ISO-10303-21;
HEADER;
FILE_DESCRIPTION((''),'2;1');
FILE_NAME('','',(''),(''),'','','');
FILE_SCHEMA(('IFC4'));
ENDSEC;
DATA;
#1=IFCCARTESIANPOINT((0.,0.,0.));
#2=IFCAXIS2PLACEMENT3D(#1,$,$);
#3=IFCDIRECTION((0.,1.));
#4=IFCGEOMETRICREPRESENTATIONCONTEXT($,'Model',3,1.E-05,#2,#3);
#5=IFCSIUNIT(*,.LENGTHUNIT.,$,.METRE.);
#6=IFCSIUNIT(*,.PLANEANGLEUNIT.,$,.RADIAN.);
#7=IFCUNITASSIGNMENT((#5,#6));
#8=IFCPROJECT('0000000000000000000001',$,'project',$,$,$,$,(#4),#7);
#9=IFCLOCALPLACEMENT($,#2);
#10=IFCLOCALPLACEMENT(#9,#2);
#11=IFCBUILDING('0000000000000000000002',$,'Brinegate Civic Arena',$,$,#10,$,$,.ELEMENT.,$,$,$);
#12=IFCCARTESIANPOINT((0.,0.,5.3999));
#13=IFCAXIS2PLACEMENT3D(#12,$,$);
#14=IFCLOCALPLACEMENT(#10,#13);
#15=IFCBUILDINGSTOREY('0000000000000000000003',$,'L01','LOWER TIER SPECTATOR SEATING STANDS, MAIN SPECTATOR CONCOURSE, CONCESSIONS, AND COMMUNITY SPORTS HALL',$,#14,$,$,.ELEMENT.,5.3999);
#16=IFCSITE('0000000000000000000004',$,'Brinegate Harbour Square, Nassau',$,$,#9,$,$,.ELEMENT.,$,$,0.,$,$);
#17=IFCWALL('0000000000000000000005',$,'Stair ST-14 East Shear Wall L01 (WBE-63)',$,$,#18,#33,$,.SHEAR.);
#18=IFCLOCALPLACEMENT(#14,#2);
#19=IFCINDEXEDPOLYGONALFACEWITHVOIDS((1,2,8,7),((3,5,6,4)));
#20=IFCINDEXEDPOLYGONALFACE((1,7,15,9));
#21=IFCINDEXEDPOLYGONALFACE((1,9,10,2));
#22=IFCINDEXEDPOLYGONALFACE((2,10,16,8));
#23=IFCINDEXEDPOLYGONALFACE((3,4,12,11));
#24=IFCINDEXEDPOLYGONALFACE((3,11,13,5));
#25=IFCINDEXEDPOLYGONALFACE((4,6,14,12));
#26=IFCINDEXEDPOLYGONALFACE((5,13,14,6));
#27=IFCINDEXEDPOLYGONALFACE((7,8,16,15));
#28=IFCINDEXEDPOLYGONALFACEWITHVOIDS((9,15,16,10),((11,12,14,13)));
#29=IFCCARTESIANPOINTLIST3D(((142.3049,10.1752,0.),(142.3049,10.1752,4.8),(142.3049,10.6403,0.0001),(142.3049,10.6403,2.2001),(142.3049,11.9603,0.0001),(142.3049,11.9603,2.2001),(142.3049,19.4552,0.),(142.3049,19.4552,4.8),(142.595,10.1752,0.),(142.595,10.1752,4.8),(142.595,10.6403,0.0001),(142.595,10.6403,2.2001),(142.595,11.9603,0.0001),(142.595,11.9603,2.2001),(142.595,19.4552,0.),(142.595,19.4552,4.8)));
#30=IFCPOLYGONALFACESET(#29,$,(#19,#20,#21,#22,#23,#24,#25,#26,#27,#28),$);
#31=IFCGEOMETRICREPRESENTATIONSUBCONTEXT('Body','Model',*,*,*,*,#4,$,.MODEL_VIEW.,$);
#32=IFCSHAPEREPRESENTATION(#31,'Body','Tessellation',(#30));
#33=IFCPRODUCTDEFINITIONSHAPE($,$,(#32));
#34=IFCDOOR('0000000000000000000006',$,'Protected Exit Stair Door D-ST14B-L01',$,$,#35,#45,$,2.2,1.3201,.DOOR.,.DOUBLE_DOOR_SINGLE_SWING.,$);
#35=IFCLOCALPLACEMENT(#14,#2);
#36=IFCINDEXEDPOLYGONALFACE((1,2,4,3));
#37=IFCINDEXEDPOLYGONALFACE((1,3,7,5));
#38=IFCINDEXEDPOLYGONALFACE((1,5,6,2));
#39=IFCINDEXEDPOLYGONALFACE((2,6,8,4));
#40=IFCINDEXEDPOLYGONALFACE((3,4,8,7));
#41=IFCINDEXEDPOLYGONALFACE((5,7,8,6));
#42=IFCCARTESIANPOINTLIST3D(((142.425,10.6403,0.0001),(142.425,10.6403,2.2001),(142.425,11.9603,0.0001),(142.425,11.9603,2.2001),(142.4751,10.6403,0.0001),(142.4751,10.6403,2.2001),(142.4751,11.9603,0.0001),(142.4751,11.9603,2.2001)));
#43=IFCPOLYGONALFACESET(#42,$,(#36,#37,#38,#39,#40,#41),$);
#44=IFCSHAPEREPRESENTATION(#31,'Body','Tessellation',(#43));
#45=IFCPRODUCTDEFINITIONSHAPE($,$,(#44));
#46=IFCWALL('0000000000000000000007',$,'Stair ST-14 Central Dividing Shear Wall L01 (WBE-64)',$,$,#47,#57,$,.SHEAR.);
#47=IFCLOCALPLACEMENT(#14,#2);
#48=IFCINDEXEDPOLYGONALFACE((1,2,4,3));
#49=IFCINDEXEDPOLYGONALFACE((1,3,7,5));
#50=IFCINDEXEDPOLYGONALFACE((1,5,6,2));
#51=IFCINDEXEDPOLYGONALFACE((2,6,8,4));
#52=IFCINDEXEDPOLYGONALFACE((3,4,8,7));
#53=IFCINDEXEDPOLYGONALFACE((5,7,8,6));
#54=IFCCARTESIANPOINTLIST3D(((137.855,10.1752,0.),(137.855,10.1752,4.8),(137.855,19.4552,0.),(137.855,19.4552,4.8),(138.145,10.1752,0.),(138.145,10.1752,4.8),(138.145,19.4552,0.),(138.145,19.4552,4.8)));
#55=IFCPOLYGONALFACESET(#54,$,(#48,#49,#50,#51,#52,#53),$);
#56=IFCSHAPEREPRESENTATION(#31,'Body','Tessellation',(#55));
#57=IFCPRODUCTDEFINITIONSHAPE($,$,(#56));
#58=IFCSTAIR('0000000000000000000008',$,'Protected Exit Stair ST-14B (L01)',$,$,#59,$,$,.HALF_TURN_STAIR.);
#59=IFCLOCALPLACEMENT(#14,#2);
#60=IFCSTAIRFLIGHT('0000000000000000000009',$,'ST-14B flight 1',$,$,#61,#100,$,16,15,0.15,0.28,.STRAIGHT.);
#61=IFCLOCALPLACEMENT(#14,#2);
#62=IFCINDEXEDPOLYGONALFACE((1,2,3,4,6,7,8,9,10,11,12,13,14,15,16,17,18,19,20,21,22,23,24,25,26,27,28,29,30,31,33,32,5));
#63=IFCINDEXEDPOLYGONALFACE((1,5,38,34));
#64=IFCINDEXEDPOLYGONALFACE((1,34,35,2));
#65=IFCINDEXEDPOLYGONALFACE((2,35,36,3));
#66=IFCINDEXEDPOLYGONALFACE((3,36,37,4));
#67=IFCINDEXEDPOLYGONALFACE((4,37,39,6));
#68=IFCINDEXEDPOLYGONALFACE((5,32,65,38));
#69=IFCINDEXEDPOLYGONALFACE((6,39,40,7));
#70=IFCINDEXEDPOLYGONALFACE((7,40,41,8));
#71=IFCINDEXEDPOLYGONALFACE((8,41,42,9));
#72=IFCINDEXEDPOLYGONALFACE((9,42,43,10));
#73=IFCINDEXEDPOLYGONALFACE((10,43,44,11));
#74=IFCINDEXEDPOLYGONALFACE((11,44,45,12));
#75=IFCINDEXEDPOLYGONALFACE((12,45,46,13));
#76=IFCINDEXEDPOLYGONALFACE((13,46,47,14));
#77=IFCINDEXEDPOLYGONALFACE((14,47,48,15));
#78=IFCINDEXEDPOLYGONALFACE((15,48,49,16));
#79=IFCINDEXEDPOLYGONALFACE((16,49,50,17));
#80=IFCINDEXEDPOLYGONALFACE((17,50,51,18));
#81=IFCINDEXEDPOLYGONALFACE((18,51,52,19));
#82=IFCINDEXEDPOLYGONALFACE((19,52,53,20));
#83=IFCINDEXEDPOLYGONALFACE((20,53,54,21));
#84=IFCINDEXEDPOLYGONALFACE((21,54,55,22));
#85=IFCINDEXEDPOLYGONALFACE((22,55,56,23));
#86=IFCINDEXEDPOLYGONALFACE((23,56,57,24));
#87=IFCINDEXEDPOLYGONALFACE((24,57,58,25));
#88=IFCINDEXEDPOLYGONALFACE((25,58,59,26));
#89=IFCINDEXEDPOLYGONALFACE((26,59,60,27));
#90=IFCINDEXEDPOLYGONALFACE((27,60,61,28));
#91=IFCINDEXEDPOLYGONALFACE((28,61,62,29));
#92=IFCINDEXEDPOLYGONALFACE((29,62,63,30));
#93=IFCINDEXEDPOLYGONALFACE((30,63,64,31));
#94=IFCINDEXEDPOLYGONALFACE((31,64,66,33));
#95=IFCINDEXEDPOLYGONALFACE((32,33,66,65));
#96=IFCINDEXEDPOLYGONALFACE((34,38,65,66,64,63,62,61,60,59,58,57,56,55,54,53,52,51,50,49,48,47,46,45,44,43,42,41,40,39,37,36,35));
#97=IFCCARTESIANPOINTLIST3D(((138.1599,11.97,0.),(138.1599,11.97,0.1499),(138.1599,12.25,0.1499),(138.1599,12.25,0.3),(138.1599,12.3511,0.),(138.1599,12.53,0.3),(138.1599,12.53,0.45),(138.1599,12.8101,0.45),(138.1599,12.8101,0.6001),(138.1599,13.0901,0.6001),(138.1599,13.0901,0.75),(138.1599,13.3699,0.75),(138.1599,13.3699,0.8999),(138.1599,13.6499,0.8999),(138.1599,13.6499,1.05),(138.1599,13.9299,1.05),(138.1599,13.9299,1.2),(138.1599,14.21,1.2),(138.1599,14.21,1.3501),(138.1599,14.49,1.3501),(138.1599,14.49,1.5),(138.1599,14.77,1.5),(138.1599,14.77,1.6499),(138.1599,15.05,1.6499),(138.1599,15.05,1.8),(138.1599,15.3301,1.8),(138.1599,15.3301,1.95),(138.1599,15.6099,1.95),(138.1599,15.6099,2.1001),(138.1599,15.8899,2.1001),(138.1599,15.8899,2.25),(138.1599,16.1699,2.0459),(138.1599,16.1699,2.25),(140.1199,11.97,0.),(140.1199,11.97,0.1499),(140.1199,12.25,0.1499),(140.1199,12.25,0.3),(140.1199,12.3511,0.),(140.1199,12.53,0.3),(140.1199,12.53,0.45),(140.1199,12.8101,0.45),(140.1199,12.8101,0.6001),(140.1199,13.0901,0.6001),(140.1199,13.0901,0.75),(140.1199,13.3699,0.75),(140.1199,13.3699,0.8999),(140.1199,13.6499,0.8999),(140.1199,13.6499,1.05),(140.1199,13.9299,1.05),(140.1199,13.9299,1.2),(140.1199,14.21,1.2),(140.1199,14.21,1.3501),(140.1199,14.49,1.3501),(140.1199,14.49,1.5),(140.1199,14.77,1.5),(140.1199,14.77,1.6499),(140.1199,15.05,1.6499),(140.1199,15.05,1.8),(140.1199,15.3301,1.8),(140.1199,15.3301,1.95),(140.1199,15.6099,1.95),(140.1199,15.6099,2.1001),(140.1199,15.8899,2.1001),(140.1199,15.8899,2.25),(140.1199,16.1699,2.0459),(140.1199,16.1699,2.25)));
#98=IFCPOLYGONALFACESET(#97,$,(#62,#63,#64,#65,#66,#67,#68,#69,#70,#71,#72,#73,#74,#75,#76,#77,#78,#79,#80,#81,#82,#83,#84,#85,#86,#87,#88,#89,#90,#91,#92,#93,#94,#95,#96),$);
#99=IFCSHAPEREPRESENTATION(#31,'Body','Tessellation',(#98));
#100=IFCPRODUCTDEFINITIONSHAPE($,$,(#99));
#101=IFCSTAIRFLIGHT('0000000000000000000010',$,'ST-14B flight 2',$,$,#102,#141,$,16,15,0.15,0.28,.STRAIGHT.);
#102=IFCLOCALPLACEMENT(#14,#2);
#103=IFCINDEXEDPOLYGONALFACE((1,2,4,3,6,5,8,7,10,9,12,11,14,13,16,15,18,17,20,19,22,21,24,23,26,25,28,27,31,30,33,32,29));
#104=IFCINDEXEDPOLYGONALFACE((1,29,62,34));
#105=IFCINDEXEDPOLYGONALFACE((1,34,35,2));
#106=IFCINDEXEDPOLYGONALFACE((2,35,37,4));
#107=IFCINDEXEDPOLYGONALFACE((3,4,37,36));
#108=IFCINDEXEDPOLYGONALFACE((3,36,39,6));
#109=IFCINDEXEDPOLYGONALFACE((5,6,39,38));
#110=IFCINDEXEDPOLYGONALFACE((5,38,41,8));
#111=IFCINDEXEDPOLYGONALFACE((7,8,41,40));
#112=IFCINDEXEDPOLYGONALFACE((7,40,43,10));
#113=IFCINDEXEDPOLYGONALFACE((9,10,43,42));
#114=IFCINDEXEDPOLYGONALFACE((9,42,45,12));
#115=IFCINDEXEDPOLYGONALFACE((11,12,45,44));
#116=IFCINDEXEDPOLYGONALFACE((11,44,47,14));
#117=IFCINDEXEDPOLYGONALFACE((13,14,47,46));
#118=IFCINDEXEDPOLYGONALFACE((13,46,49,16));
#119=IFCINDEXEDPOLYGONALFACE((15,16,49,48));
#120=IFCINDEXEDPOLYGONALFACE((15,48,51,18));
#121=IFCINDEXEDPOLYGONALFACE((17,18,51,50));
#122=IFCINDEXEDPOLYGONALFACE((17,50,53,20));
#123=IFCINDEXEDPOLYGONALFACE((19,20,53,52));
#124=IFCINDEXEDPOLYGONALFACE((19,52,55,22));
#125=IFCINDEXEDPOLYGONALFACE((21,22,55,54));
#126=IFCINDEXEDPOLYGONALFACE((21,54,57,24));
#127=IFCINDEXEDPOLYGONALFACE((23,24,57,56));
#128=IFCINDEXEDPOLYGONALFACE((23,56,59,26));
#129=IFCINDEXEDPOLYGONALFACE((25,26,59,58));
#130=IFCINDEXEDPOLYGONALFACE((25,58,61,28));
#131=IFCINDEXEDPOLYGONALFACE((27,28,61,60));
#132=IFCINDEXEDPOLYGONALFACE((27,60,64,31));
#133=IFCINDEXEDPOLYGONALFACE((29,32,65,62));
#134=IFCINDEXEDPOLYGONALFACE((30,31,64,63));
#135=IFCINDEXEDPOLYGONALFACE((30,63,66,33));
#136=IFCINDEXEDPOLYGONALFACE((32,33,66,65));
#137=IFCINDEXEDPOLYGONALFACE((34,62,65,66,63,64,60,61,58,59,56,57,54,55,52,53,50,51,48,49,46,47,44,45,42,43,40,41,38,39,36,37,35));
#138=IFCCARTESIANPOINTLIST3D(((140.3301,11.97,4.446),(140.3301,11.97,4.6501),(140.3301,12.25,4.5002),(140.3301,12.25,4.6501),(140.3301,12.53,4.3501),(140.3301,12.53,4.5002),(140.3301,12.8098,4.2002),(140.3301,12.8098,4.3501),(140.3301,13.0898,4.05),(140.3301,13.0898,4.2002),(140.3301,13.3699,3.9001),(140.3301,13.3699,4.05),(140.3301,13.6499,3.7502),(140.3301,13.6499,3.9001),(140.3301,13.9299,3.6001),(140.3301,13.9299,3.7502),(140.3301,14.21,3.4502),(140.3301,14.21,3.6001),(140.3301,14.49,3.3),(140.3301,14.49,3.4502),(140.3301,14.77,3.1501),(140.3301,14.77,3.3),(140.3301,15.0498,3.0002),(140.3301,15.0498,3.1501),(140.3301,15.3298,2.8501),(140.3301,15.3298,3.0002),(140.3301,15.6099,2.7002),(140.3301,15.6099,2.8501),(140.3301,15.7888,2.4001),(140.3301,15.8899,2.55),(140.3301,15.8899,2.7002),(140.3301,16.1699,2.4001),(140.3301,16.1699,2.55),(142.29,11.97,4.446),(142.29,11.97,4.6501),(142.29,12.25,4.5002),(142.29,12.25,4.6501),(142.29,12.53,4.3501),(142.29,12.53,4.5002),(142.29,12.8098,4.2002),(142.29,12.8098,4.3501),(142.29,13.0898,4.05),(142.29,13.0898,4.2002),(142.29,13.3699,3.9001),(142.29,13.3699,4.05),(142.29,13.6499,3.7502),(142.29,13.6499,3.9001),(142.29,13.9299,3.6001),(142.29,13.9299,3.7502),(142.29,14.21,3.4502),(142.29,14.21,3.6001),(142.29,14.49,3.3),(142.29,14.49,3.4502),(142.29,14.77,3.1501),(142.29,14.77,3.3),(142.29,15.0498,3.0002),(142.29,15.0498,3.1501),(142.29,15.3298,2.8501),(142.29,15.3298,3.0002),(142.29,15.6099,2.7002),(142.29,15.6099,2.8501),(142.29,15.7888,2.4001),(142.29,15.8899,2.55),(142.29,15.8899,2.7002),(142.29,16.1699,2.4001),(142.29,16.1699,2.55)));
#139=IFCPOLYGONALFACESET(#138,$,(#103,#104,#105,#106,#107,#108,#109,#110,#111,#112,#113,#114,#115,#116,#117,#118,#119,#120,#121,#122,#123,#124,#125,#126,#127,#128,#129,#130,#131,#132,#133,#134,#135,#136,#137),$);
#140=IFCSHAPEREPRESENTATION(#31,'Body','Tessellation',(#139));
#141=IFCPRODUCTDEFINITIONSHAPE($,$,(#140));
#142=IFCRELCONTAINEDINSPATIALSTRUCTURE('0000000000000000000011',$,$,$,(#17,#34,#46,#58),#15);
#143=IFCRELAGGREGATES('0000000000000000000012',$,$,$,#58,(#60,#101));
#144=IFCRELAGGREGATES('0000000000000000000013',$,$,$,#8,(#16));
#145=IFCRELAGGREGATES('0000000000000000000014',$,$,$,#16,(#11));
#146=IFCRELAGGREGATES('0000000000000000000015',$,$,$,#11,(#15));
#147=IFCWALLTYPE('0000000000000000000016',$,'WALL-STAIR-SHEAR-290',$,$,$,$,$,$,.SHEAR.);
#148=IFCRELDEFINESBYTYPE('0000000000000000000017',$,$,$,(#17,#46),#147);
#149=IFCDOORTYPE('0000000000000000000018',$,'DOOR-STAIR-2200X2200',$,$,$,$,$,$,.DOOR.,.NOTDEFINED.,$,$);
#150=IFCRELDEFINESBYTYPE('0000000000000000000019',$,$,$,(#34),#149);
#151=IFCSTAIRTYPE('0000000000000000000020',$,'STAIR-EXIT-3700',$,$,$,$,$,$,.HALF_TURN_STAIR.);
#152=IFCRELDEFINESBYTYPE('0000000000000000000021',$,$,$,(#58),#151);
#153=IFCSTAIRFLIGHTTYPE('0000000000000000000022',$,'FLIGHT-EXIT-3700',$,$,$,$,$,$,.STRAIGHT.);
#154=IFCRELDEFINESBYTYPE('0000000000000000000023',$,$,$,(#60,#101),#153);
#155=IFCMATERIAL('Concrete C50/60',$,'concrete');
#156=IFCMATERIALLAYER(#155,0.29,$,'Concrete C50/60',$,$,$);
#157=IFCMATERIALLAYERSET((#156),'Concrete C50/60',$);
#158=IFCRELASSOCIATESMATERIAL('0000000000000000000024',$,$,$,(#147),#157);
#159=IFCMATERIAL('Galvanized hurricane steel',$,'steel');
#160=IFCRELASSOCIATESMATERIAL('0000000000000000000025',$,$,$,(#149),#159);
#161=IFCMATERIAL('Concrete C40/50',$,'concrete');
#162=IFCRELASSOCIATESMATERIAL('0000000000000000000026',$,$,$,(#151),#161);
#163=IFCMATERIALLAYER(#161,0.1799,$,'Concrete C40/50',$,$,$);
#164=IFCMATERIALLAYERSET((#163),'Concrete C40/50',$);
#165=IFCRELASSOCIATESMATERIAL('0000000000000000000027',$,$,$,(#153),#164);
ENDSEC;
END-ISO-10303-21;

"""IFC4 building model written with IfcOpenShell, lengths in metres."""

from ifc_helpers import new_model, si_unit, direction, frame, frame_2d, origin, place, context, subcontext, project, spatial, polyline, rectangle, outline, extrude, material, layer, layer_set, type_object, element, fill, aggregate, save


model = new_model("IFC4")

# Units and contexts
model_context = context("Model", 3, precision=1e-05, world=origin(), true_north=direction((0.0, 1.0)))
body_context = subcontext(model_context, "Body", "Model", "MODEL_VIEW")
ifc_project = project(units=[si_unit("LENGTHUNIT", "METRE"), si_unit("PLANEANGLEUNIT", "RADIAN")], contexts=[model_context])

# Site, building, storey
site_placement = place(None, origin())
site = spatial("IfcSite", under=ifc_project, at=site_placement, Name="Brinegate Harbour Square, Nassau", CompositionType="ELEMENT", RefElevation=0.0)
building_placement = place(site_placement, origin())
building = spatial("IfcBuilding", under=site, at=building_placement, Name="Brinegate Civic Arena", CompositionType="ELEMENT")
storey_placement = place(building_placement, frame((0.0, 0.0, 5.3999)))
storey = spatial("IfcBuildingStorey", under=building, at=storey_placement, Name="L01", Description="LOWER TIER SPECTATOR SEATING STANDS, MAIN SPECTATOR CONCOURSE, CONCESSIONS, AND COMMUNITY SPORTS HALL", CompositionType="ELEMENT", Elevation=5.3999)

# Shared definitions
ifc_material_1 = material(Name="Concrete C50/60", Category="concrete")

# Wall, opening, door
ifc_layer_1 = layer(ifc_material_1, 0.29, Name="Concrete C50/60")
ifc_layer_set_1 = layer_set([ifc_layer_1], Name="Concrete C50/60")
wall_type_1 = type_object("IfcWallType", Name="WALL-STAIR-SHEAR-290", PredefinedType="SHEAR", material=ifc_layer_set_1)
ifc_material_2 = material(Name="Galvanized hurricane steel", Category="steel")
wall_1_placement = place(storey_placement, frame((142.45, 10.175, 0.0), z_axis=(0.0, 0.0, 1.0), x_axis=(0.0, 1.0, 0.0)))
wall_1 = element("IfcWall", 1, at=wall_1_placement, inside=storey, type_object=wall_type_1, Name="Stair ST-14 East Shear Wall L01 (WBE-63)", PredefinedType="SHEAR", context=body_context, shape_type="SweptSolid", body=[
    extrude(rectangle(XDim=9.28, YDim=0.29, at=frame_2d((4.6401, 0.0))), origin(), (0.0, 0.0, 1.0), 4.8),
])
opening_1_placement = place(wall_1_placement, frame((0.4651, 0.0, 0.0)))
opening_1 = element("IfcOpeningElement", 2, at=opening_1_placement, cuts=wall_1, PredefinedType="OPENING", context=body_context, shape_type="SweptSolid", body=[
    extrude(rectangle(XDim=1.3201, YDim=2.2, at=frame_2d((0.6602, 1.1001))), frame((0.0, 0.155, 0.0), z_axis=(0.0, -1.0, 0.0), x_axis=(1.0, 0.0, 0.0)), (0.0, 0.0, 1.0), 0.3101),
])
door_type_1 = type_object("IfcDoorType", Name="DOOR-STAIR-2200X2200", OperationType="NOTDEFINED", PredefinedType="DOOR", material=ifc_material_2)
door_1_placement = place(opening_1_placement, origin())
door_1 = element("IfcDoor", 3, at=door_1_placement, inside=storey, type_object=door_type_1, Name="Protected Exit Stair Door D-ST14B-L01", OperationType="DOUBLE_DOOR_SINGLE_SWING", OverallHeight=2.2, OverallWidth=1.3201, PredefinedType="DOOR", context=body_context, shape_type="SweptSolid", body=[
    extrude(rectangle(XDim=1.3201, YDim=2.2, at=frame_2d((0.6602, 1.1001))), frame((0.0, 0.0249, 0.0), z_axis=(0.0, -1.0, 0.0), x_axis=(1.0, 0.0, 0.0)), (0.0, 0.0, 1.0), 0.05),
])
fill(opening_1, door_1)

# Wall
wall_2_placement = place(storey_placement, frame((138.0, 10.175, 0.0), z_axis=(0.0, 0.0, 1.0), x_axis=(0.0, 1.0, 0.0)))
element("IfcWall", 4, at=wall_2_placement, inside=storey, type_object=wall_type_1, Name="Stair ST-14 Central Dividing Shear Wall L01 (WBE-64)", PredefinedType="SHEAR", context=body_context, shape_type="SweptSolid", body=[
    extrude(rectangle(XDim=9.28, YDim=0.29, at=frame_2d((4.6401, 0.0))), origin(), (0.0, 0.0, 1.0), 4.8),
])

# Stair, stair flights
ifc_material_3 = material(Name="Concrete C40/50", Category="concrete")
stair_type_1 = type_object("IfcStairType", Name="STAIR-EXIT-3700", PredefinedType="HALF_TURN_STAIR", material=ifc_material_3)
stair_1_placement = place(storey_placement, origin())
stair_1 = element("IfcStair", 5, at=stair_1_placement, inside=storey, type_object=stair_type_1, Name="Protected Exit Stair ST-14B (L01)", PredefinedType="HALF_TURN_STAIR")
ifc_layer_2 = layer(ifc_material_3, 0.1799, Name="Concrete C40/50")
ifc_layer_set_2 = layer_set([ifc_layer_2], Name="Concrete C40/50")
stair_flight_type_1 = type_object("IfcStairFlightType", Name="FLIGHT-EXIT-3700", PredefinedType="STRAIGHT", material=ifc_layer_set_2)
stair_flight_1_placement = place(storey_placement, frame((139.1399, 11.97, 0.0), z_axis=(0.0, 0.0, 1.0), x_axis=(0.0, 1.0, 0.0)))
stair_flight_1 = element("IfcStairFlight", 6, at=stair_flight_1_placement, type_object=stair_flight_type_1, Name="ST-14B flight 1", NumberOfRisers=16, NumberOfTreads=15, PredefinedType="STRAIGHT", RiserHeight=0.15, TreadLength=0.28, context=body_context, shape_type="SweptSolid", body=[
    extrude(outline(polyline([(0.0, 0.0), (0.0, 0.1499), (0.28, 0.1499), (0.28, 0.3), (0.5601, 0.3), (0.5601, 0.45), (0.8401, 0.45), (0.8401, 0.6001), (1.1201, 0.6001), (1.1201, 0.75), (1.3999, 0.75), (1.3999, 0.8999), (1.6799, 0.8999), (1.6799, 1.05), (1.96, 1.05), (1.96, 1.2), (2.24, 1.2), (2.24, 1.3501), (2.52, 1.3501), (2.52, 1.5), (2.8, 1.5), (2.8, 1.6499), (3.0801, 1.6499), (3.0801, 1.8), (3.3601, 1.8), (3.3601, 1.95), (3.6399, 1.95), (3.6399, 2.1001), (3.9199, 2.1001), (3.9199, 2.25), (4.2, 2.25), (4.2, 2.3999), (4.2, 2.0459), (0.3811, 0.0), (0.0, 0.0)])), frame((0.0, 0.98, 0.0), z_axis=(0.0, -1.0, 0.0), x_axis=(1.0, 0.0, 0.0)), (0.0, 0.0, 1.0), 1.96),
])
stair_flight_2_placement = place(storey_placement, frame((141.3101, 16.1699, 2.4001), z_axis=(0.0, 0.0, 1.0), x_axis=(0.0, -1.0, 0.0)))
stair_flight_2 = element("IfcStairFlight", 7, at=stair_flight_2_placement, type_object=stair_flight_type_1, Name="ST-14B flight 2", NumberOfRisers=16, NumberOfTreads=15, PredefinedType="STRAIGHT", RiserHeight=0.15, TreadLength=0.28, context=body_context, shape_type="SweptSolid", body=[
    extrude(outline(polyline([(0.0, 0.0), (0.0, 0.1499), (0.28, 0.1499), (0.28, 0.3), (0.5601, 0.3), (0.5601, 0.45), (0.8401, 0.45), (0.8401, 0.6001), (1.1201, 0.6001), (1.1201, 0.75), (1.3999, 0.75), (1.3999, 0.8999), (1.6799, 0.8999), (1.6799, 1.05), (1.96, 1.05), (1.96, 1.2), (2.24, 1.2), (2.24, 1.3501), (2.52, 1.3501), (2.52, 1.5), (2.8, 1.5), (2.8, 1.6499), (3.0801, 1.6499), (3.0801, 1.8), (3.3601, 1.8), (3.3601, 1.95), (3.6399, 1.95), (3.6399, 2.1001), (3.9199, 2.1001), (3.9199, 2.25), (4.2, 2.25), (4.2, 2.3999), (4.2, 2.0459), (0.3811, 0.0), (0.0, 0.0)])), frame((0.0, 0.98, 0.0), z_axis=(0.0, -1.0, 0.0), x_axis=(1.0, 0.0, 0.0)), (0.0, 0.0, 1.0), 1.96),
])
aggregate(stair_1, [stair_flight_1, stair_flight_2])

save(model, "model.ifc")
